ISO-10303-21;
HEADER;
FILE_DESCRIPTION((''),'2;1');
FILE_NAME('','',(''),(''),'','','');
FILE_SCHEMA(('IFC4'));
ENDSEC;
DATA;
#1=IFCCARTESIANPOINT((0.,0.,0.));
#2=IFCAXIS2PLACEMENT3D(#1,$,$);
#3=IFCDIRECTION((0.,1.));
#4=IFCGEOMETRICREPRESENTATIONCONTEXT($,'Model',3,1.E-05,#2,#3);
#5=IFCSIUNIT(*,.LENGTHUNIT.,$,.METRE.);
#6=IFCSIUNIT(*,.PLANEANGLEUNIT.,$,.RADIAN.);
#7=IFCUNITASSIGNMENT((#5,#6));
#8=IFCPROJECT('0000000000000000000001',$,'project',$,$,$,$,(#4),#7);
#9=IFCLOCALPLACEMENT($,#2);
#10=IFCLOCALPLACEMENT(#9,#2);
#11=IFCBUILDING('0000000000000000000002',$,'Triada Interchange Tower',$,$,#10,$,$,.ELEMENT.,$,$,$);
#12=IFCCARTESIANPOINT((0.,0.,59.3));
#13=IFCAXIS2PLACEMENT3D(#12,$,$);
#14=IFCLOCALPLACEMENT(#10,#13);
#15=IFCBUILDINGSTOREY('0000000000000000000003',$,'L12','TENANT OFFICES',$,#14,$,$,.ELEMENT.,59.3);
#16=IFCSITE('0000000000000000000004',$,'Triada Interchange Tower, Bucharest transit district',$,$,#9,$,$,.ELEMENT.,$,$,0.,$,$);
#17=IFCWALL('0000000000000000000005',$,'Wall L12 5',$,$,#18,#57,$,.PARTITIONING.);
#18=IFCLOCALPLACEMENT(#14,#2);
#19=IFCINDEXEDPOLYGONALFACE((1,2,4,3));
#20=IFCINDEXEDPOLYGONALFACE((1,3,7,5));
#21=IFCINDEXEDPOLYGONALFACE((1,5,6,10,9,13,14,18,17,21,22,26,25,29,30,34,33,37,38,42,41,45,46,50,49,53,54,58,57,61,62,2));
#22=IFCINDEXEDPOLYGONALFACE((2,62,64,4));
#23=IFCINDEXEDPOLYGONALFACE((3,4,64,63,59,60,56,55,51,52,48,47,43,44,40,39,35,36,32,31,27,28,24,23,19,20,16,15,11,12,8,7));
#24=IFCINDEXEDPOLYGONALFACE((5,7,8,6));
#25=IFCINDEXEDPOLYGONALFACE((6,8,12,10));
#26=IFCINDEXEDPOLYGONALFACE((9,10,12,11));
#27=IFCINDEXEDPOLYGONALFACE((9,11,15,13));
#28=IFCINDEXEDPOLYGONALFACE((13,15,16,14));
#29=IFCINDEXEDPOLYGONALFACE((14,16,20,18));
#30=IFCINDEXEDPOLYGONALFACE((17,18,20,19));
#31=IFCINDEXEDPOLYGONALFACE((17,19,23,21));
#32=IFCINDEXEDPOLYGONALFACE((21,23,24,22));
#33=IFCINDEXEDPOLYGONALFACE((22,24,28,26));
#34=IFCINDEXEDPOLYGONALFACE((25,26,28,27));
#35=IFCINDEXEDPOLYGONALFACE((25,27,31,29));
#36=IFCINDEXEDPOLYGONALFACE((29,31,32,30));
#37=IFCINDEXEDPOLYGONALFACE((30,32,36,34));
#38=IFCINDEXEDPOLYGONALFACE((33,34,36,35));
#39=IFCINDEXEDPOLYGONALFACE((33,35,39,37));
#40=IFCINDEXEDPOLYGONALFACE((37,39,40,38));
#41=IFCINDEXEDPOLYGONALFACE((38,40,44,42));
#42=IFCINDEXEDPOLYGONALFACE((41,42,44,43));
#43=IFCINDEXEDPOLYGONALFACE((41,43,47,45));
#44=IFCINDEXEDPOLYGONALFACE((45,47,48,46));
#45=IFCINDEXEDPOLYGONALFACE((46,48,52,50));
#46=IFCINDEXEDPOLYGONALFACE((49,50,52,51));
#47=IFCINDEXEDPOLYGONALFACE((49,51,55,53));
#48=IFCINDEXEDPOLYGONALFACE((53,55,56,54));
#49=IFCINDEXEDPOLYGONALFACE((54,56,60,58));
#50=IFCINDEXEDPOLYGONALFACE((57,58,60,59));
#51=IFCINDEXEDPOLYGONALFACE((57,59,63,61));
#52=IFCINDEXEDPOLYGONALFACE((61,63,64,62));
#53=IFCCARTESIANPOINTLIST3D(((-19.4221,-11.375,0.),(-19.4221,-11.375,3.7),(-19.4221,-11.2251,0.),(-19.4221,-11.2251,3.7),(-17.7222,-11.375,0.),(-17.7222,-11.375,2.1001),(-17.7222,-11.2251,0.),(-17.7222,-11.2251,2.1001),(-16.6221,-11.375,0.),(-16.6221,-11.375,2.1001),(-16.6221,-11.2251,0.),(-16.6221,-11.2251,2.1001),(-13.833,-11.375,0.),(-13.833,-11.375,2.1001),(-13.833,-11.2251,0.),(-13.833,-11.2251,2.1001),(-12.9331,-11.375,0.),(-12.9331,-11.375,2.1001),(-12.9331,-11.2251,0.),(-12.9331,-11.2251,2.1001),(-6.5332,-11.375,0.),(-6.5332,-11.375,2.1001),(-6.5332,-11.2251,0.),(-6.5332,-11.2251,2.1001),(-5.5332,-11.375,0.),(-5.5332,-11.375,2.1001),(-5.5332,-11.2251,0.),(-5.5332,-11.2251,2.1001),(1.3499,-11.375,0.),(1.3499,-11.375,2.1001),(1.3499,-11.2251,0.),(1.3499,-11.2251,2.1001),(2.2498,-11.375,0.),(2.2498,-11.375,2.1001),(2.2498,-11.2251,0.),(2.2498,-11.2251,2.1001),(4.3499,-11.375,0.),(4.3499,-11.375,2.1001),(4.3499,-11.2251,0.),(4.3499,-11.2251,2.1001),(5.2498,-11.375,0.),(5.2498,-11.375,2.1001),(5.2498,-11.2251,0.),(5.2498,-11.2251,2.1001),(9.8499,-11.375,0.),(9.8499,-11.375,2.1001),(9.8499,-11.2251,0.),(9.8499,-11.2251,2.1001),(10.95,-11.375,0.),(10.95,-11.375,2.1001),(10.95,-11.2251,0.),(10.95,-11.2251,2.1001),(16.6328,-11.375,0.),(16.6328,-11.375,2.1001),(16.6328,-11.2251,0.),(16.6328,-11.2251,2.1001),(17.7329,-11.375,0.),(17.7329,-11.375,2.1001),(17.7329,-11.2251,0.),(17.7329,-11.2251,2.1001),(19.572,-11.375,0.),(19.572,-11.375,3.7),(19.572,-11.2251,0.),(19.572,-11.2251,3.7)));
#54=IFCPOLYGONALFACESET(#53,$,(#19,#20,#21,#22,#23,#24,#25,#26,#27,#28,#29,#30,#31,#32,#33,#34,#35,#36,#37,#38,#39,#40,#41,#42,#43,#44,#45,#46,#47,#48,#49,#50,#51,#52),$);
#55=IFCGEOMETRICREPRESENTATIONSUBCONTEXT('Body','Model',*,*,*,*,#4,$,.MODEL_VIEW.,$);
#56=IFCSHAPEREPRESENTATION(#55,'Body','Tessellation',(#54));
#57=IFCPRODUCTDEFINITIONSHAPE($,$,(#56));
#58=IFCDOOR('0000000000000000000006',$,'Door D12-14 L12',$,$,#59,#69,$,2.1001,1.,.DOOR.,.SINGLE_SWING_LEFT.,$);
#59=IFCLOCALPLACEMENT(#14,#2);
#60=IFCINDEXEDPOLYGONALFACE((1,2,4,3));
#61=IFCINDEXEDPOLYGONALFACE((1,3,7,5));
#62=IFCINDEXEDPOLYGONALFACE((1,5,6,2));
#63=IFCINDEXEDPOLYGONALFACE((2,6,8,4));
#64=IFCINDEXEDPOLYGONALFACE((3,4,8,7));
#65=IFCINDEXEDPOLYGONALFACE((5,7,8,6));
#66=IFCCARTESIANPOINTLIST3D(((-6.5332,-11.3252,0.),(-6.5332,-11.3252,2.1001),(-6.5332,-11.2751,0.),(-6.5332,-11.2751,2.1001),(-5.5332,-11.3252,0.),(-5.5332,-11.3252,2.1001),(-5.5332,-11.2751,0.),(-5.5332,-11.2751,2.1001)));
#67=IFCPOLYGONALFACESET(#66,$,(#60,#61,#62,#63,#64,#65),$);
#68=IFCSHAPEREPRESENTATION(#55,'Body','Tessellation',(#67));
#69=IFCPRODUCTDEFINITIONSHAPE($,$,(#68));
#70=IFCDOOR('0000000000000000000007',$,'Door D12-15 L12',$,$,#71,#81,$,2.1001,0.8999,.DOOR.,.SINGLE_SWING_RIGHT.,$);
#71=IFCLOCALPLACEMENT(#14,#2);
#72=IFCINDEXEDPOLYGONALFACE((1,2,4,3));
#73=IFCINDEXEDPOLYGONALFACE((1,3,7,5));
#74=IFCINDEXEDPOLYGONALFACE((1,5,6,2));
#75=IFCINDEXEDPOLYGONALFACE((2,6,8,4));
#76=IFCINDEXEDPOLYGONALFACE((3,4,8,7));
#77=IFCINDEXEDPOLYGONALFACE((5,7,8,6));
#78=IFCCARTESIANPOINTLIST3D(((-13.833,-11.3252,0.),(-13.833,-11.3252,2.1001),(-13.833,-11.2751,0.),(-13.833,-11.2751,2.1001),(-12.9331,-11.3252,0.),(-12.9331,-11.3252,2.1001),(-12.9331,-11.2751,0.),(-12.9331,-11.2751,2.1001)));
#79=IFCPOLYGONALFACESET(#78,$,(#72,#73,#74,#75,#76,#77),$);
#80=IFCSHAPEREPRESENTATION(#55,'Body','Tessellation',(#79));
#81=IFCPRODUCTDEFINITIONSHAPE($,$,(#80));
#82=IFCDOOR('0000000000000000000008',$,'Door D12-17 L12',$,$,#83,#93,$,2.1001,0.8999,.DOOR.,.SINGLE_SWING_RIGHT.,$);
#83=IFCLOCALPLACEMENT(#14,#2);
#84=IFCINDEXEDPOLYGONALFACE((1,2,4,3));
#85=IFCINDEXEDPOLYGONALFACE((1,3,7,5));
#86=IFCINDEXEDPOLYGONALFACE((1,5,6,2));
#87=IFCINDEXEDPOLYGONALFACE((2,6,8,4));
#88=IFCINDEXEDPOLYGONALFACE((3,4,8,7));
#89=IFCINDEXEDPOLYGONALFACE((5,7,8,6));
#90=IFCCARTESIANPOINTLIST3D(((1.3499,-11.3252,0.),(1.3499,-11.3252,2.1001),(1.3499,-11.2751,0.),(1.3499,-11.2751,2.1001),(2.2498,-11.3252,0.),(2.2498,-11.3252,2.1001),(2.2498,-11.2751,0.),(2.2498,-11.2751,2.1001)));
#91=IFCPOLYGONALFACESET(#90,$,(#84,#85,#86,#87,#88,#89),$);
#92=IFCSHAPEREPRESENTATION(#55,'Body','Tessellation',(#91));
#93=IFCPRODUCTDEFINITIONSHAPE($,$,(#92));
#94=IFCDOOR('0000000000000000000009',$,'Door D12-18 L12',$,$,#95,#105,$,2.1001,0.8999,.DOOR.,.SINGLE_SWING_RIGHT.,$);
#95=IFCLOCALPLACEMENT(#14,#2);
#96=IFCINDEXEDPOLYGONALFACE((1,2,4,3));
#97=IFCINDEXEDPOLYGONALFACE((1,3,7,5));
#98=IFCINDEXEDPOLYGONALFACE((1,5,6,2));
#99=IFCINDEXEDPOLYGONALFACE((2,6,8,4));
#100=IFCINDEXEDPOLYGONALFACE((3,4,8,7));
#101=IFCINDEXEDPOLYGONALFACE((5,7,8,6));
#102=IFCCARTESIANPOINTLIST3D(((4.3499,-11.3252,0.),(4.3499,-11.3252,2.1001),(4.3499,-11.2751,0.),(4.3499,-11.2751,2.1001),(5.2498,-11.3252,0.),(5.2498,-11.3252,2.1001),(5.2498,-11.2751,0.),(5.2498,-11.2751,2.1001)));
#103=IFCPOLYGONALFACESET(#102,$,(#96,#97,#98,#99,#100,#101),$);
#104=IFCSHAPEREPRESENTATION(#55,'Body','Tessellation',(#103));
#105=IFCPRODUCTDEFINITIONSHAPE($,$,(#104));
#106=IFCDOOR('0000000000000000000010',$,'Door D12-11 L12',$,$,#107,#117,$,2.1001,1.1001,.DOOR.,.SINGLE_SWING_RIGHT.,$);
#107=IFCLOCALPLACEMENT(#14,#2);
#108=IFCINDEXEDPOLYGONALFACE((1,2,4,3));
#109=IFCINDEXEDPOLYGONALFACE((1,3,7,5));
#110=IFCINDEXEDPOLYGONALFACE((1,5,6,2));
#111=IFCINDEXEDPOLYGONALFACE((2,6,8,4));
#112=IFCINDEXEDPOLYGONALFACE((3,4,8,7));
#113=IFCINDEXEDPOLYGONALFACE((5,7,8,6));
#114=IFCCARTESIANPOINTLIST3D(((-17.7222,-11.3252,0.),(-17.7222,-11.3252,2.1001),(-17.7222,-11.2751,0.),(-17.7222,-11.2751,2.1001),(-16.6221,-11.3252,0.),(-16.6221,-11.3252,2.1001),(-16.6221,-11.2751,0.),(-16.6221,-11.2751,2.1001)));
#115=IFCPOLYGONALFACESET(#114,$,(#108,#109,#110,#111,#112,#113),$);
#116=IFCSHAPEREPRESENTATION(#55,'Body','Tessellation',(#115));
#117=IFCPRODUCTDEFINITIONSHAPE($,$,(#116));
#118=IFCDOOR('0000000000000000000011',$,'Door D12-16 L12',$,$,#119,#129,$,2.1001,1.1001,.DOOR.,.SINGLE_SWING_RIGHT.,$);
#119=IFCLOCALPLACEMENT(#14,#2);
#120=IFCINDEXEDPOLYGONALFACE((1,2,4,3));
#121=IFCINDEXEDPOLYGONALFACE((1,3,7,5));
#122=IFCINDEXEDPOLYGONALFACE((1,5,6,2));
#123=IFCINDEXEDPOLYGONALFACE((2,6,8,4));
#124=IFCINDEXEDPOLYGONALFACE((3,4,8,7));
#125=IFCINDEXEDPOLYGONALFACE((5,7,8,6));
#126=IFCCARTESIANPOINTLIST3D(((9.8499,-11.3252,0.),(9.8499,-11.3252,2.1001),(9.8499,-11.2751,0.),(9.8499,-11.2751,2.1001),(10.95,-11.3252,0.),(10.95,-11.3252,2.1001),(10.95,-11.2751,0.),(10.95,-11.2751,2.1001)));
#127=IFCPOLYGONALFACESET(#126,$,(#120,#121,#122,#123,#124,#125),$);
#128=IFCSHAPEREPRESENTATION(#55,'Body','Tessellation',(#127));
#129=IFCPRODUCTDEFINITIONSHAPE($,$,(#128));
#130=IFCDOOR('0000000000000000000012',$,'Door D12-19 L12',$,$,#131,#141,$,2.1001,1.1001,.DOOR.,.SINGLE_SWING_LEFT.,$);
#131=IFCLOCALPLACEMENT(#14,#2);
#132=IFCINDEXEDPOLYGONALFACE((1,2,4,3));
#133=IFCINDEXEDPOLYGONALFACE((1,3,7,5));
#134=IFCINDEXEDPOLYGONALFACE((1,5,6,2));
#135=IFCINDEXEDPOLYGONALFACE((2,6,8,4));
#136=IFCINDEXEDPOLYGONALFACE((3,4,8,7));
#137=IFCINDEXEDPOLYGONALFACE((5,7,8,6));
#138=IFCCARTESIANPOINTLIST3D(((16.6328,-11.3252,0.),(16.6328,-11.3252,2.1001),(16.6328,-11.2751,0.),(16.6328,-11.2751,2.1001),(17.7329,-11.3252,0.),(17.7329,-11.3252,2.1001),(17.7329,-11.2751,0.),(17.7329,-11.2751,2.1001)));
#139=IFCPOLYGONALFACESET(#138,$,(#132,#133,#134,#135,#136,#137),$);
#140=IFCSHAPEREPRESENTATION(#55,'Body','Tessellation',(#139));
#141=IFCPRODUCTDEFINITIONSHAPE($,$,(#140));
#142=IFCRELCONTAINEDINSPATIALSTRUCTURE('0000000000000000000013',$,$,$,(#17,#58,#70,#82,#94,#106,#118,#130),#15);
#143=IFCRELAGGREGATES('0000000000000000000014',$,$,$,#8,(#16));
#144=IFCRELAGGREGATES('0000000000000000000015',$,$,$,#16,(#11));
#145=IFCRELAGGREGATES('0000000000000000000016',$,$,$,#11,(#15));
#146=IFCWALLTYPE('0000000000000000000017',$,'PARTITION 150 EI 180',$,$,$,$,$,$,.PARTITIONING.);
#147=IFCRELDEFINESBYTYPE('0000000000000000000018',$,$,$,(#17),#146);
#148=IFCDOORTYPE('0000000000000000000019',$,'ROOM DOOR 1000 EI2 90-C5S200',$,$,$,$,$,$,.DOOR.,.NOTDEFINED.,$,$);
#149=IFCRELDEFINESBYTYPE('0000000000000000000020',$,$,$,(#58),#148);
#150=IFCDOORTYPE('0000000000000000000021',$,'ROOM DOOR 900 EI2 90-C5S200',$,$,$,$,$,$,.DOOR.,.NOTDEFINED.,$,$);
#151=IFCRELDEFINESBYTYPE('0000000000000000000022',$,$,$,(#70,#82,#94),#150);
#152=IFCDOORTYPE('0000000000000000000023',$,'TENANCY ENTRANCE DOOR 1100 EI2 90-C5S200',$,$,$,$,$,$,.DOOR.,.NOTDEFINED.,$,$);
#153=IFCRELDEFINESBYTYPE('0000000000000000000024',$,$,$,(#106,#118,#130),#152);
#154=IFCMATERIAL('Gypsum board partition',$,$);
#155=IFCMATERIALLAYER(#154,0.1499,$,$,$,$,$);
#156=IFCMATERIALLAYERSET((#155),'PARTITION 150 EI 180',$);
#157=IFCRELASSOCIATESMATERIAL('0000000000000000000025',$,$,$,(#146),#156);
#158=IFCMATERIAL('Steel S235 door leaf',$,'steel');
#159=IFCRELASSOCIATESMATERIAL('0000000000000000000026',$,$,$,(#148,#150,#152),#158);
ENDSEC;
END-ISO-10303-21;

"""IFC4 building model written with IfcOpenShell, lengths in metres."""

from ifc_helpers import new_model, si_unit, direction, frame, frame_2d, origin, place, context, subcontext, project, spatial, rectangle, extrude, material, layer, layer_set, type_object, element, fill, save


model = new_model("IFC4")

# Units and contexts
model_context = context("Model", 3, precision=1e-05, world=origin(), true_north=direction((0.0, 1.0)))
body_context = subcontext(model_context, "Body", "Model", "MODEL_VIEW")
ifc_project = project(units=[si_unit("LENGTHUNIT", "METRE"), si_unit("PLANEANGLEUNIT", "RADIAN")], contexts=[model_context])

# Site, building, storey
site_placement = place(None, origin())
site = spatial("IfcSite", under=ifc_project, at=site_placement, Name="Triada Interchange Tower, Bucharest transit district", CompositionType="ELEMENT", RefElevation=0.0)
building_placement = place(site_placement, origin())
building = spatial("IfcBuilding", under=site, at=building_placement, Name="Triada Interchange Tower", CompositionType="ELEMENT")
storey_placement = place(building_placement, frame((0.0, 0.0, 59.3)))
storey = spatial("IfcBuildingStorey", under=building, at=storey_placement, Name="L12", Description="TENANT OFFICES", CompositionType="ELEMENT", Elevation=59.3)

# Wall, openings, doors
ifc_material_1 = material(Name="Gypsum board partition")
ifc_layer_1 = layer(ifc_material_1, 0.1499)
ifc_layer_set_1 = layer_set([ifc_layer_1], Name="PARTITION 150 EI 180")
wall_type_1 = type_object("IfcWallType", Name="PARTITION 150 EI 180", PredefinedType="PARTITIONING", material=ifc_layer_set_1)
ifc_material_2 = material(Name="Steel S235 door leaf", Category="steel")
door_type_1 = type_object("IfcDoorType", Name="ROOM DOOR 1000 EI2 90-C5S200", OperationType="NOTDEFINED", PredefinedType="DOOR", material=ifc_material_2)
door_type_2 = type_object("IfcDoorType", Name="ROOM DOOR 900 EI2 90-C5S200", OperationType="NOTDEFINED", PredefinedType="DOOR", material=ifc_material_2)
door_type_3 = type_object("IfcDoorType", Name="TENANCY ENTRANCE DOOR 1100 EI2 90-C5S200", OperationType="NOTDEFINED", PredefinedType="DOOR", material=ifc_material_2)
wall_1_placement = place(storey_placement, frame((-19.4221, -11.3, 0.0), z_axis=(0.0, 0.0, 1.0), x_axis=(1.0, 0.0, 0.0)))
wall_1 = element("IfcWall", 1, at=wall_1_placement, inside=storey, type_object=wall_type_1, Name="Wall L12 5", PredefinedType="PARTITIONING", context=body_context, shape_type="SweptSolid", body=[
    extrude(rectangle(XDim=38.9941, YDim=0.1499, at=frame_2d((19.4971, 0.0))), origin(), (0.0, 0.0, 1.0), 3.7),
])
opening_1_placement = place(wall_1_placement, frame((1.7, 0.0, 0.0)))
opening_1 = element("IfcOpeningElement", 2, at=opening_1_placement, cuts=wall_1, PredefinedType="OPENING", context=body_context, shape_type="SweptSolid", body=[
    extrude(rectangle(XDim=1.1001, YDim=2.1001, at=frame_2d((0.55, 1.05))), frame((0.0, 0.085, 0.0), z_axis=(0.0, -1.0, 0.0), x_axis=(1.0, 0.0, 0.0)), (0.0, 0.0, 1.0), 0.1699),
])
opening_2_placement = place(wall_1_placement, frame((12.8889, 0.0, 0.0)))
opening_2 = element("IfcOpeningElement", 3, at=opening_2_placement, cuts=wall_1, PredefinedType="OPENING", context=body_context, shape_type="SweptSolid", body=[
    extrude(rectangle(XDim=1.0, YDim=2.1001, at=frame_2d((0.5, 1.05))), frame((0.0, 0.085, 0.0), z_axis=(0.0, -1.0, 0.0), x_axis=(1.0, 0.0, 0.0)), (0.0, 0.0, 1.0), 0.1699),
])
opening_3_placement = place(wall_1_placement, frame((5.5891, 0.0, 0.0)))
opening_3 = element("IfcOpeningElement", 4, at=opening_3_placement, cuts=wall_1, PredefinedType="OPENING", context=body_context, shape_type="SweptSolid", body=[
    extrude(rectangle(XDim=0.8999, YDim=2.1001, at=frame_2d((0.45, 1.05))), frame((0.0, 0.085, 0.0), z_axis=(0.0, -1.0, 0.0), x_axis=(1.0, 0.0, 0.0)), (0.0, 0.0, 1.0), 0.1699),
])
opening_4_placement = place(wall_1_placement, frame((29.272, 0.0, 0.0)))
opening_4 = element("IfcOpeningElement", 5, at=opening_4_placement, cuts=wall_1, PredefinedType="OPENING", context=body_context, shape_type="SweptSolid", body=[
    extrude(rectangle(XDim=1.1001, YDim=2.1001, at=frame_2d((0.55, 1.05))), frame((0.0, 0.085, 0.0), z_axis=(0.0, -1.0, 0.0), x_axis=(1.0, 0.0, 0.0)), (0.0, 0.0, 1.0), 0.1699),
])
opening_5_placement = place(wall_1_placement, frame((20.772, 0.0, 0.0)))
opening_5 = element("IfcOpeningElement", 6, at=opening_5_placement, cuts=wall_1, PredefinedType="OPENING", context=body_context, shape_type="SweptSolid", body=[
    extrude(rectangle(XDim=0.8999, YDim=2.1001, at=frame_2d((0.45, 1.05))), frame((0.0, 0.085, 0.0), z_axis=(0.0, -1.0, 0.0), x_axis=(1.0, 0.0, 0.0)), (0.0, 0.0, 1.0), 0.1699),
])
opening_6_placement = place(wall_1_placement, frame((23.772, 0.0, 0.0)))
opening_6 = element("IfcOpeningElement", 7, at=opening_6_placement, cuts=wall_1, PredefinedType="OPENING", context=body_context, shape_type="SweptSolid", body=[
    extrude(rectangle(XDim=0.8999, YDim=2.1001, at=frame_2d((0.45, 1.05))), frame((0.0, 0.085, 0.0), z_axis=(0.0, -1.0, 0.0), x_axis=(1.0, 0.0, 0.0)), (0.0, 0.0, 1.0), 0.1699),
])
opening_7_placement = place(wall_1_placement, frame((36.0549, 0.0, 0.0)))
opening_7 = element("IfcOpeningElement", 8, at=opening_7_placement, cuts=wall_1, PredefinedType="OPENING", context=body_context, shape_type="SweptSolid", body=[
    extrude(rectangle(XDim=1.1001, YDim=2.1001, at=frame_2d((0.55, 1.05))), frame((0.0, 0.085, 0.0), z_axis=(0.0, -1.0, 0.0), x_axis=(1.0, 0.0, 0.0)), (0.0, 0.0, 1.0), 0.1699),
])
door_1_placement = place(opening_2_placement, origin())
door_1 = element("IfcDoor", 9, at=door_1_placement, inside=storey, type_object=door_type_1, Name="Door D12-14 L12", OperationType="SINGLE_SWING_LEFT", OverallHeight=2.1001, OverallWidth=1.0, PredefinedType="DOOR", context=body_context, shape_type="SweptSolid", body=[
    extrude(rectangle(XDim=1.0, YDim=2.1001, at=frame_2d((0.5, 1.05))), frame((0.0, 0.0249, 0.0), z_axis=(0.0, -1.0, 0.0), x_axis=(1.0, 0.0, 0.0)), (0.0, 0.0, 1.0), 0.05),
])
fill(opening_2, door_1)
door_2_placement = place(opening_3_placement, origin())
door_2 = element("IfcDoor", 10, at=door_2_placement, inside=storey, type_object=door_type_2, Name="Door D12-15 L12", OperationType="SINGLE_SWING_RIGHT", OverallHeight=2.1001, OverallWidth=0.8999, PredefinedType="DOOR", context=body_context, shape_type="SweptSolid", body=[
    extrude(rectangle(XDim=0.8999, YDim=2.1001, at=frame_2d((0.45, 1.05))), frame((0.0, 0.0249, 0.0), z_axis=(0.0, -1.0, 0.0), x_axis=(1.0, 0.0, 0.0)), (0.0, 0.0, 1.0), 0.05),
])
fill(opening_3, door_2)
door_3_placement = place(opening_5_placement, origin())
door_3 = element("IfcDoor", 11, at=door_3_placement, inside=storey, type_object=door_type_2, Name="Door D12-17 L12", OperationType="SINGLE_SWING_RIGHT", OverallHeight=2.1001, OverallWidth=0.8999, PredefinedType="DOOR", context=body_context, shape_type="SweptSolid", body=[
    extrude(rectangle(XDim=0.8999, YDim=2.1001, at=frame_2d((0.45, 1.05))), frame((0.0, 0.0249, 0.0), z_axis=(0.0, -1.0, 0.0), x_axis=(1.0, 0.0, 0.0)), (0.0, 0.0, 1.0), 0.05),
])
fill(opening_5, door_3)
door_4_placement = place(opening_6_placement, origin())
door_4 = element("IfcDoor", 12, at=door_4_placement, inside=storey, type_object=door_type_2, Name="Door D12-18 L12", OperationType="SINGLE_SWING_RIGHT", OverallHeight=2.1001, OverallWidth=0.8999, PredefinedType="DOOR", context=body_context, shape_type="SweptSolid", body=[
    extrude(rectangle(XDim=0.8999, YDim=2.1001, at=frame_2d((0.45, 1.05))), frame((0.0, 0.0249, 0.0), z_axis=(0.0, -1.0, 0.0), x_axis=(1.0, 0.0, 0.0)), (0.0, 0.0, 1.0), 0.05),
])
fill(opening_6, door_4)
door_5_placement = place(opening_1_placement, origin())
door_5 = element("IfcDoor", 13, at=door_5_placement, inside=storey, type_object=door_type_3, Name="Door D12-11 L12", OperationType="SINGLE_SWING_RIGHT", OverallHeight=2.1001, OverallWidth=1.1001, PredefinedType="DOOR", context=body_context, shape_type="SweptSolid", body=[
    extrude(rectangle(XDim=1.1001, YDim=2.1001, at=frame_2d((0.55, 1.05))), frame((0.0, 0.0249, 0.0), z_axis=(0.0, -1.0, 0.0), x_axis=(1.0, 0.0, 0.0)), (0.0, 0.0, 1.0), 0.05),
])
fill(opening_1, door_5)
door_6_placement = place(opening_4_placement, origin())
door_6 = element("IfcDoor", 14, at=door_6_placement, inside=storey, type_object=door_type_3, Name="Door D12-16 L12", OperationType="SINGLE_SWING_RIGHT", OverallHeight=2.1001, OverallWidth=1.1001, PredefinedType="DOOR", context=body_context, shape_type="SweptSolid", body=[
    extrude(rectangle(XDim=1.1001, YDim=2.1001, at=frame_2d((0.55, 1.05))), frame((0.0, 0.0249, 0.0), z_axis=(0.0, -1.0, 0.0), x_axis=(1.0, 0.0, 0.0)), (0.0, 0.0, 1.0), 0.05),
])
fill(opening_4, door_6)
door_7_placement = place(opening_7_placement, origin())
door_7 = element("IfcDoor", 15, at=door_7_placement, inside=storey, type_object=door_type_3, Name="Door D12-19 L12", OperationType="SINGLE_SWING_LEFT", OverallHeight=2.1001, OverallWidth=1.1001, PredefinedType="DOOR", context=body_context, shape_type="SweptSolid", body=[
    extrude(rectangle(XDim=1.1001, YDim=2.1001, at=frame_2d((0.55, 1.05))), frame((0.0, 0.0249, 0.0), z_axis=(0.0, -1.0, 0.0), x_axis=(1.0, 0.0, 0.0)), (0.0, 0.0, 1.0), 0.05),
])
fill(opening_7, door_7)

save(model, "model.ifc")
